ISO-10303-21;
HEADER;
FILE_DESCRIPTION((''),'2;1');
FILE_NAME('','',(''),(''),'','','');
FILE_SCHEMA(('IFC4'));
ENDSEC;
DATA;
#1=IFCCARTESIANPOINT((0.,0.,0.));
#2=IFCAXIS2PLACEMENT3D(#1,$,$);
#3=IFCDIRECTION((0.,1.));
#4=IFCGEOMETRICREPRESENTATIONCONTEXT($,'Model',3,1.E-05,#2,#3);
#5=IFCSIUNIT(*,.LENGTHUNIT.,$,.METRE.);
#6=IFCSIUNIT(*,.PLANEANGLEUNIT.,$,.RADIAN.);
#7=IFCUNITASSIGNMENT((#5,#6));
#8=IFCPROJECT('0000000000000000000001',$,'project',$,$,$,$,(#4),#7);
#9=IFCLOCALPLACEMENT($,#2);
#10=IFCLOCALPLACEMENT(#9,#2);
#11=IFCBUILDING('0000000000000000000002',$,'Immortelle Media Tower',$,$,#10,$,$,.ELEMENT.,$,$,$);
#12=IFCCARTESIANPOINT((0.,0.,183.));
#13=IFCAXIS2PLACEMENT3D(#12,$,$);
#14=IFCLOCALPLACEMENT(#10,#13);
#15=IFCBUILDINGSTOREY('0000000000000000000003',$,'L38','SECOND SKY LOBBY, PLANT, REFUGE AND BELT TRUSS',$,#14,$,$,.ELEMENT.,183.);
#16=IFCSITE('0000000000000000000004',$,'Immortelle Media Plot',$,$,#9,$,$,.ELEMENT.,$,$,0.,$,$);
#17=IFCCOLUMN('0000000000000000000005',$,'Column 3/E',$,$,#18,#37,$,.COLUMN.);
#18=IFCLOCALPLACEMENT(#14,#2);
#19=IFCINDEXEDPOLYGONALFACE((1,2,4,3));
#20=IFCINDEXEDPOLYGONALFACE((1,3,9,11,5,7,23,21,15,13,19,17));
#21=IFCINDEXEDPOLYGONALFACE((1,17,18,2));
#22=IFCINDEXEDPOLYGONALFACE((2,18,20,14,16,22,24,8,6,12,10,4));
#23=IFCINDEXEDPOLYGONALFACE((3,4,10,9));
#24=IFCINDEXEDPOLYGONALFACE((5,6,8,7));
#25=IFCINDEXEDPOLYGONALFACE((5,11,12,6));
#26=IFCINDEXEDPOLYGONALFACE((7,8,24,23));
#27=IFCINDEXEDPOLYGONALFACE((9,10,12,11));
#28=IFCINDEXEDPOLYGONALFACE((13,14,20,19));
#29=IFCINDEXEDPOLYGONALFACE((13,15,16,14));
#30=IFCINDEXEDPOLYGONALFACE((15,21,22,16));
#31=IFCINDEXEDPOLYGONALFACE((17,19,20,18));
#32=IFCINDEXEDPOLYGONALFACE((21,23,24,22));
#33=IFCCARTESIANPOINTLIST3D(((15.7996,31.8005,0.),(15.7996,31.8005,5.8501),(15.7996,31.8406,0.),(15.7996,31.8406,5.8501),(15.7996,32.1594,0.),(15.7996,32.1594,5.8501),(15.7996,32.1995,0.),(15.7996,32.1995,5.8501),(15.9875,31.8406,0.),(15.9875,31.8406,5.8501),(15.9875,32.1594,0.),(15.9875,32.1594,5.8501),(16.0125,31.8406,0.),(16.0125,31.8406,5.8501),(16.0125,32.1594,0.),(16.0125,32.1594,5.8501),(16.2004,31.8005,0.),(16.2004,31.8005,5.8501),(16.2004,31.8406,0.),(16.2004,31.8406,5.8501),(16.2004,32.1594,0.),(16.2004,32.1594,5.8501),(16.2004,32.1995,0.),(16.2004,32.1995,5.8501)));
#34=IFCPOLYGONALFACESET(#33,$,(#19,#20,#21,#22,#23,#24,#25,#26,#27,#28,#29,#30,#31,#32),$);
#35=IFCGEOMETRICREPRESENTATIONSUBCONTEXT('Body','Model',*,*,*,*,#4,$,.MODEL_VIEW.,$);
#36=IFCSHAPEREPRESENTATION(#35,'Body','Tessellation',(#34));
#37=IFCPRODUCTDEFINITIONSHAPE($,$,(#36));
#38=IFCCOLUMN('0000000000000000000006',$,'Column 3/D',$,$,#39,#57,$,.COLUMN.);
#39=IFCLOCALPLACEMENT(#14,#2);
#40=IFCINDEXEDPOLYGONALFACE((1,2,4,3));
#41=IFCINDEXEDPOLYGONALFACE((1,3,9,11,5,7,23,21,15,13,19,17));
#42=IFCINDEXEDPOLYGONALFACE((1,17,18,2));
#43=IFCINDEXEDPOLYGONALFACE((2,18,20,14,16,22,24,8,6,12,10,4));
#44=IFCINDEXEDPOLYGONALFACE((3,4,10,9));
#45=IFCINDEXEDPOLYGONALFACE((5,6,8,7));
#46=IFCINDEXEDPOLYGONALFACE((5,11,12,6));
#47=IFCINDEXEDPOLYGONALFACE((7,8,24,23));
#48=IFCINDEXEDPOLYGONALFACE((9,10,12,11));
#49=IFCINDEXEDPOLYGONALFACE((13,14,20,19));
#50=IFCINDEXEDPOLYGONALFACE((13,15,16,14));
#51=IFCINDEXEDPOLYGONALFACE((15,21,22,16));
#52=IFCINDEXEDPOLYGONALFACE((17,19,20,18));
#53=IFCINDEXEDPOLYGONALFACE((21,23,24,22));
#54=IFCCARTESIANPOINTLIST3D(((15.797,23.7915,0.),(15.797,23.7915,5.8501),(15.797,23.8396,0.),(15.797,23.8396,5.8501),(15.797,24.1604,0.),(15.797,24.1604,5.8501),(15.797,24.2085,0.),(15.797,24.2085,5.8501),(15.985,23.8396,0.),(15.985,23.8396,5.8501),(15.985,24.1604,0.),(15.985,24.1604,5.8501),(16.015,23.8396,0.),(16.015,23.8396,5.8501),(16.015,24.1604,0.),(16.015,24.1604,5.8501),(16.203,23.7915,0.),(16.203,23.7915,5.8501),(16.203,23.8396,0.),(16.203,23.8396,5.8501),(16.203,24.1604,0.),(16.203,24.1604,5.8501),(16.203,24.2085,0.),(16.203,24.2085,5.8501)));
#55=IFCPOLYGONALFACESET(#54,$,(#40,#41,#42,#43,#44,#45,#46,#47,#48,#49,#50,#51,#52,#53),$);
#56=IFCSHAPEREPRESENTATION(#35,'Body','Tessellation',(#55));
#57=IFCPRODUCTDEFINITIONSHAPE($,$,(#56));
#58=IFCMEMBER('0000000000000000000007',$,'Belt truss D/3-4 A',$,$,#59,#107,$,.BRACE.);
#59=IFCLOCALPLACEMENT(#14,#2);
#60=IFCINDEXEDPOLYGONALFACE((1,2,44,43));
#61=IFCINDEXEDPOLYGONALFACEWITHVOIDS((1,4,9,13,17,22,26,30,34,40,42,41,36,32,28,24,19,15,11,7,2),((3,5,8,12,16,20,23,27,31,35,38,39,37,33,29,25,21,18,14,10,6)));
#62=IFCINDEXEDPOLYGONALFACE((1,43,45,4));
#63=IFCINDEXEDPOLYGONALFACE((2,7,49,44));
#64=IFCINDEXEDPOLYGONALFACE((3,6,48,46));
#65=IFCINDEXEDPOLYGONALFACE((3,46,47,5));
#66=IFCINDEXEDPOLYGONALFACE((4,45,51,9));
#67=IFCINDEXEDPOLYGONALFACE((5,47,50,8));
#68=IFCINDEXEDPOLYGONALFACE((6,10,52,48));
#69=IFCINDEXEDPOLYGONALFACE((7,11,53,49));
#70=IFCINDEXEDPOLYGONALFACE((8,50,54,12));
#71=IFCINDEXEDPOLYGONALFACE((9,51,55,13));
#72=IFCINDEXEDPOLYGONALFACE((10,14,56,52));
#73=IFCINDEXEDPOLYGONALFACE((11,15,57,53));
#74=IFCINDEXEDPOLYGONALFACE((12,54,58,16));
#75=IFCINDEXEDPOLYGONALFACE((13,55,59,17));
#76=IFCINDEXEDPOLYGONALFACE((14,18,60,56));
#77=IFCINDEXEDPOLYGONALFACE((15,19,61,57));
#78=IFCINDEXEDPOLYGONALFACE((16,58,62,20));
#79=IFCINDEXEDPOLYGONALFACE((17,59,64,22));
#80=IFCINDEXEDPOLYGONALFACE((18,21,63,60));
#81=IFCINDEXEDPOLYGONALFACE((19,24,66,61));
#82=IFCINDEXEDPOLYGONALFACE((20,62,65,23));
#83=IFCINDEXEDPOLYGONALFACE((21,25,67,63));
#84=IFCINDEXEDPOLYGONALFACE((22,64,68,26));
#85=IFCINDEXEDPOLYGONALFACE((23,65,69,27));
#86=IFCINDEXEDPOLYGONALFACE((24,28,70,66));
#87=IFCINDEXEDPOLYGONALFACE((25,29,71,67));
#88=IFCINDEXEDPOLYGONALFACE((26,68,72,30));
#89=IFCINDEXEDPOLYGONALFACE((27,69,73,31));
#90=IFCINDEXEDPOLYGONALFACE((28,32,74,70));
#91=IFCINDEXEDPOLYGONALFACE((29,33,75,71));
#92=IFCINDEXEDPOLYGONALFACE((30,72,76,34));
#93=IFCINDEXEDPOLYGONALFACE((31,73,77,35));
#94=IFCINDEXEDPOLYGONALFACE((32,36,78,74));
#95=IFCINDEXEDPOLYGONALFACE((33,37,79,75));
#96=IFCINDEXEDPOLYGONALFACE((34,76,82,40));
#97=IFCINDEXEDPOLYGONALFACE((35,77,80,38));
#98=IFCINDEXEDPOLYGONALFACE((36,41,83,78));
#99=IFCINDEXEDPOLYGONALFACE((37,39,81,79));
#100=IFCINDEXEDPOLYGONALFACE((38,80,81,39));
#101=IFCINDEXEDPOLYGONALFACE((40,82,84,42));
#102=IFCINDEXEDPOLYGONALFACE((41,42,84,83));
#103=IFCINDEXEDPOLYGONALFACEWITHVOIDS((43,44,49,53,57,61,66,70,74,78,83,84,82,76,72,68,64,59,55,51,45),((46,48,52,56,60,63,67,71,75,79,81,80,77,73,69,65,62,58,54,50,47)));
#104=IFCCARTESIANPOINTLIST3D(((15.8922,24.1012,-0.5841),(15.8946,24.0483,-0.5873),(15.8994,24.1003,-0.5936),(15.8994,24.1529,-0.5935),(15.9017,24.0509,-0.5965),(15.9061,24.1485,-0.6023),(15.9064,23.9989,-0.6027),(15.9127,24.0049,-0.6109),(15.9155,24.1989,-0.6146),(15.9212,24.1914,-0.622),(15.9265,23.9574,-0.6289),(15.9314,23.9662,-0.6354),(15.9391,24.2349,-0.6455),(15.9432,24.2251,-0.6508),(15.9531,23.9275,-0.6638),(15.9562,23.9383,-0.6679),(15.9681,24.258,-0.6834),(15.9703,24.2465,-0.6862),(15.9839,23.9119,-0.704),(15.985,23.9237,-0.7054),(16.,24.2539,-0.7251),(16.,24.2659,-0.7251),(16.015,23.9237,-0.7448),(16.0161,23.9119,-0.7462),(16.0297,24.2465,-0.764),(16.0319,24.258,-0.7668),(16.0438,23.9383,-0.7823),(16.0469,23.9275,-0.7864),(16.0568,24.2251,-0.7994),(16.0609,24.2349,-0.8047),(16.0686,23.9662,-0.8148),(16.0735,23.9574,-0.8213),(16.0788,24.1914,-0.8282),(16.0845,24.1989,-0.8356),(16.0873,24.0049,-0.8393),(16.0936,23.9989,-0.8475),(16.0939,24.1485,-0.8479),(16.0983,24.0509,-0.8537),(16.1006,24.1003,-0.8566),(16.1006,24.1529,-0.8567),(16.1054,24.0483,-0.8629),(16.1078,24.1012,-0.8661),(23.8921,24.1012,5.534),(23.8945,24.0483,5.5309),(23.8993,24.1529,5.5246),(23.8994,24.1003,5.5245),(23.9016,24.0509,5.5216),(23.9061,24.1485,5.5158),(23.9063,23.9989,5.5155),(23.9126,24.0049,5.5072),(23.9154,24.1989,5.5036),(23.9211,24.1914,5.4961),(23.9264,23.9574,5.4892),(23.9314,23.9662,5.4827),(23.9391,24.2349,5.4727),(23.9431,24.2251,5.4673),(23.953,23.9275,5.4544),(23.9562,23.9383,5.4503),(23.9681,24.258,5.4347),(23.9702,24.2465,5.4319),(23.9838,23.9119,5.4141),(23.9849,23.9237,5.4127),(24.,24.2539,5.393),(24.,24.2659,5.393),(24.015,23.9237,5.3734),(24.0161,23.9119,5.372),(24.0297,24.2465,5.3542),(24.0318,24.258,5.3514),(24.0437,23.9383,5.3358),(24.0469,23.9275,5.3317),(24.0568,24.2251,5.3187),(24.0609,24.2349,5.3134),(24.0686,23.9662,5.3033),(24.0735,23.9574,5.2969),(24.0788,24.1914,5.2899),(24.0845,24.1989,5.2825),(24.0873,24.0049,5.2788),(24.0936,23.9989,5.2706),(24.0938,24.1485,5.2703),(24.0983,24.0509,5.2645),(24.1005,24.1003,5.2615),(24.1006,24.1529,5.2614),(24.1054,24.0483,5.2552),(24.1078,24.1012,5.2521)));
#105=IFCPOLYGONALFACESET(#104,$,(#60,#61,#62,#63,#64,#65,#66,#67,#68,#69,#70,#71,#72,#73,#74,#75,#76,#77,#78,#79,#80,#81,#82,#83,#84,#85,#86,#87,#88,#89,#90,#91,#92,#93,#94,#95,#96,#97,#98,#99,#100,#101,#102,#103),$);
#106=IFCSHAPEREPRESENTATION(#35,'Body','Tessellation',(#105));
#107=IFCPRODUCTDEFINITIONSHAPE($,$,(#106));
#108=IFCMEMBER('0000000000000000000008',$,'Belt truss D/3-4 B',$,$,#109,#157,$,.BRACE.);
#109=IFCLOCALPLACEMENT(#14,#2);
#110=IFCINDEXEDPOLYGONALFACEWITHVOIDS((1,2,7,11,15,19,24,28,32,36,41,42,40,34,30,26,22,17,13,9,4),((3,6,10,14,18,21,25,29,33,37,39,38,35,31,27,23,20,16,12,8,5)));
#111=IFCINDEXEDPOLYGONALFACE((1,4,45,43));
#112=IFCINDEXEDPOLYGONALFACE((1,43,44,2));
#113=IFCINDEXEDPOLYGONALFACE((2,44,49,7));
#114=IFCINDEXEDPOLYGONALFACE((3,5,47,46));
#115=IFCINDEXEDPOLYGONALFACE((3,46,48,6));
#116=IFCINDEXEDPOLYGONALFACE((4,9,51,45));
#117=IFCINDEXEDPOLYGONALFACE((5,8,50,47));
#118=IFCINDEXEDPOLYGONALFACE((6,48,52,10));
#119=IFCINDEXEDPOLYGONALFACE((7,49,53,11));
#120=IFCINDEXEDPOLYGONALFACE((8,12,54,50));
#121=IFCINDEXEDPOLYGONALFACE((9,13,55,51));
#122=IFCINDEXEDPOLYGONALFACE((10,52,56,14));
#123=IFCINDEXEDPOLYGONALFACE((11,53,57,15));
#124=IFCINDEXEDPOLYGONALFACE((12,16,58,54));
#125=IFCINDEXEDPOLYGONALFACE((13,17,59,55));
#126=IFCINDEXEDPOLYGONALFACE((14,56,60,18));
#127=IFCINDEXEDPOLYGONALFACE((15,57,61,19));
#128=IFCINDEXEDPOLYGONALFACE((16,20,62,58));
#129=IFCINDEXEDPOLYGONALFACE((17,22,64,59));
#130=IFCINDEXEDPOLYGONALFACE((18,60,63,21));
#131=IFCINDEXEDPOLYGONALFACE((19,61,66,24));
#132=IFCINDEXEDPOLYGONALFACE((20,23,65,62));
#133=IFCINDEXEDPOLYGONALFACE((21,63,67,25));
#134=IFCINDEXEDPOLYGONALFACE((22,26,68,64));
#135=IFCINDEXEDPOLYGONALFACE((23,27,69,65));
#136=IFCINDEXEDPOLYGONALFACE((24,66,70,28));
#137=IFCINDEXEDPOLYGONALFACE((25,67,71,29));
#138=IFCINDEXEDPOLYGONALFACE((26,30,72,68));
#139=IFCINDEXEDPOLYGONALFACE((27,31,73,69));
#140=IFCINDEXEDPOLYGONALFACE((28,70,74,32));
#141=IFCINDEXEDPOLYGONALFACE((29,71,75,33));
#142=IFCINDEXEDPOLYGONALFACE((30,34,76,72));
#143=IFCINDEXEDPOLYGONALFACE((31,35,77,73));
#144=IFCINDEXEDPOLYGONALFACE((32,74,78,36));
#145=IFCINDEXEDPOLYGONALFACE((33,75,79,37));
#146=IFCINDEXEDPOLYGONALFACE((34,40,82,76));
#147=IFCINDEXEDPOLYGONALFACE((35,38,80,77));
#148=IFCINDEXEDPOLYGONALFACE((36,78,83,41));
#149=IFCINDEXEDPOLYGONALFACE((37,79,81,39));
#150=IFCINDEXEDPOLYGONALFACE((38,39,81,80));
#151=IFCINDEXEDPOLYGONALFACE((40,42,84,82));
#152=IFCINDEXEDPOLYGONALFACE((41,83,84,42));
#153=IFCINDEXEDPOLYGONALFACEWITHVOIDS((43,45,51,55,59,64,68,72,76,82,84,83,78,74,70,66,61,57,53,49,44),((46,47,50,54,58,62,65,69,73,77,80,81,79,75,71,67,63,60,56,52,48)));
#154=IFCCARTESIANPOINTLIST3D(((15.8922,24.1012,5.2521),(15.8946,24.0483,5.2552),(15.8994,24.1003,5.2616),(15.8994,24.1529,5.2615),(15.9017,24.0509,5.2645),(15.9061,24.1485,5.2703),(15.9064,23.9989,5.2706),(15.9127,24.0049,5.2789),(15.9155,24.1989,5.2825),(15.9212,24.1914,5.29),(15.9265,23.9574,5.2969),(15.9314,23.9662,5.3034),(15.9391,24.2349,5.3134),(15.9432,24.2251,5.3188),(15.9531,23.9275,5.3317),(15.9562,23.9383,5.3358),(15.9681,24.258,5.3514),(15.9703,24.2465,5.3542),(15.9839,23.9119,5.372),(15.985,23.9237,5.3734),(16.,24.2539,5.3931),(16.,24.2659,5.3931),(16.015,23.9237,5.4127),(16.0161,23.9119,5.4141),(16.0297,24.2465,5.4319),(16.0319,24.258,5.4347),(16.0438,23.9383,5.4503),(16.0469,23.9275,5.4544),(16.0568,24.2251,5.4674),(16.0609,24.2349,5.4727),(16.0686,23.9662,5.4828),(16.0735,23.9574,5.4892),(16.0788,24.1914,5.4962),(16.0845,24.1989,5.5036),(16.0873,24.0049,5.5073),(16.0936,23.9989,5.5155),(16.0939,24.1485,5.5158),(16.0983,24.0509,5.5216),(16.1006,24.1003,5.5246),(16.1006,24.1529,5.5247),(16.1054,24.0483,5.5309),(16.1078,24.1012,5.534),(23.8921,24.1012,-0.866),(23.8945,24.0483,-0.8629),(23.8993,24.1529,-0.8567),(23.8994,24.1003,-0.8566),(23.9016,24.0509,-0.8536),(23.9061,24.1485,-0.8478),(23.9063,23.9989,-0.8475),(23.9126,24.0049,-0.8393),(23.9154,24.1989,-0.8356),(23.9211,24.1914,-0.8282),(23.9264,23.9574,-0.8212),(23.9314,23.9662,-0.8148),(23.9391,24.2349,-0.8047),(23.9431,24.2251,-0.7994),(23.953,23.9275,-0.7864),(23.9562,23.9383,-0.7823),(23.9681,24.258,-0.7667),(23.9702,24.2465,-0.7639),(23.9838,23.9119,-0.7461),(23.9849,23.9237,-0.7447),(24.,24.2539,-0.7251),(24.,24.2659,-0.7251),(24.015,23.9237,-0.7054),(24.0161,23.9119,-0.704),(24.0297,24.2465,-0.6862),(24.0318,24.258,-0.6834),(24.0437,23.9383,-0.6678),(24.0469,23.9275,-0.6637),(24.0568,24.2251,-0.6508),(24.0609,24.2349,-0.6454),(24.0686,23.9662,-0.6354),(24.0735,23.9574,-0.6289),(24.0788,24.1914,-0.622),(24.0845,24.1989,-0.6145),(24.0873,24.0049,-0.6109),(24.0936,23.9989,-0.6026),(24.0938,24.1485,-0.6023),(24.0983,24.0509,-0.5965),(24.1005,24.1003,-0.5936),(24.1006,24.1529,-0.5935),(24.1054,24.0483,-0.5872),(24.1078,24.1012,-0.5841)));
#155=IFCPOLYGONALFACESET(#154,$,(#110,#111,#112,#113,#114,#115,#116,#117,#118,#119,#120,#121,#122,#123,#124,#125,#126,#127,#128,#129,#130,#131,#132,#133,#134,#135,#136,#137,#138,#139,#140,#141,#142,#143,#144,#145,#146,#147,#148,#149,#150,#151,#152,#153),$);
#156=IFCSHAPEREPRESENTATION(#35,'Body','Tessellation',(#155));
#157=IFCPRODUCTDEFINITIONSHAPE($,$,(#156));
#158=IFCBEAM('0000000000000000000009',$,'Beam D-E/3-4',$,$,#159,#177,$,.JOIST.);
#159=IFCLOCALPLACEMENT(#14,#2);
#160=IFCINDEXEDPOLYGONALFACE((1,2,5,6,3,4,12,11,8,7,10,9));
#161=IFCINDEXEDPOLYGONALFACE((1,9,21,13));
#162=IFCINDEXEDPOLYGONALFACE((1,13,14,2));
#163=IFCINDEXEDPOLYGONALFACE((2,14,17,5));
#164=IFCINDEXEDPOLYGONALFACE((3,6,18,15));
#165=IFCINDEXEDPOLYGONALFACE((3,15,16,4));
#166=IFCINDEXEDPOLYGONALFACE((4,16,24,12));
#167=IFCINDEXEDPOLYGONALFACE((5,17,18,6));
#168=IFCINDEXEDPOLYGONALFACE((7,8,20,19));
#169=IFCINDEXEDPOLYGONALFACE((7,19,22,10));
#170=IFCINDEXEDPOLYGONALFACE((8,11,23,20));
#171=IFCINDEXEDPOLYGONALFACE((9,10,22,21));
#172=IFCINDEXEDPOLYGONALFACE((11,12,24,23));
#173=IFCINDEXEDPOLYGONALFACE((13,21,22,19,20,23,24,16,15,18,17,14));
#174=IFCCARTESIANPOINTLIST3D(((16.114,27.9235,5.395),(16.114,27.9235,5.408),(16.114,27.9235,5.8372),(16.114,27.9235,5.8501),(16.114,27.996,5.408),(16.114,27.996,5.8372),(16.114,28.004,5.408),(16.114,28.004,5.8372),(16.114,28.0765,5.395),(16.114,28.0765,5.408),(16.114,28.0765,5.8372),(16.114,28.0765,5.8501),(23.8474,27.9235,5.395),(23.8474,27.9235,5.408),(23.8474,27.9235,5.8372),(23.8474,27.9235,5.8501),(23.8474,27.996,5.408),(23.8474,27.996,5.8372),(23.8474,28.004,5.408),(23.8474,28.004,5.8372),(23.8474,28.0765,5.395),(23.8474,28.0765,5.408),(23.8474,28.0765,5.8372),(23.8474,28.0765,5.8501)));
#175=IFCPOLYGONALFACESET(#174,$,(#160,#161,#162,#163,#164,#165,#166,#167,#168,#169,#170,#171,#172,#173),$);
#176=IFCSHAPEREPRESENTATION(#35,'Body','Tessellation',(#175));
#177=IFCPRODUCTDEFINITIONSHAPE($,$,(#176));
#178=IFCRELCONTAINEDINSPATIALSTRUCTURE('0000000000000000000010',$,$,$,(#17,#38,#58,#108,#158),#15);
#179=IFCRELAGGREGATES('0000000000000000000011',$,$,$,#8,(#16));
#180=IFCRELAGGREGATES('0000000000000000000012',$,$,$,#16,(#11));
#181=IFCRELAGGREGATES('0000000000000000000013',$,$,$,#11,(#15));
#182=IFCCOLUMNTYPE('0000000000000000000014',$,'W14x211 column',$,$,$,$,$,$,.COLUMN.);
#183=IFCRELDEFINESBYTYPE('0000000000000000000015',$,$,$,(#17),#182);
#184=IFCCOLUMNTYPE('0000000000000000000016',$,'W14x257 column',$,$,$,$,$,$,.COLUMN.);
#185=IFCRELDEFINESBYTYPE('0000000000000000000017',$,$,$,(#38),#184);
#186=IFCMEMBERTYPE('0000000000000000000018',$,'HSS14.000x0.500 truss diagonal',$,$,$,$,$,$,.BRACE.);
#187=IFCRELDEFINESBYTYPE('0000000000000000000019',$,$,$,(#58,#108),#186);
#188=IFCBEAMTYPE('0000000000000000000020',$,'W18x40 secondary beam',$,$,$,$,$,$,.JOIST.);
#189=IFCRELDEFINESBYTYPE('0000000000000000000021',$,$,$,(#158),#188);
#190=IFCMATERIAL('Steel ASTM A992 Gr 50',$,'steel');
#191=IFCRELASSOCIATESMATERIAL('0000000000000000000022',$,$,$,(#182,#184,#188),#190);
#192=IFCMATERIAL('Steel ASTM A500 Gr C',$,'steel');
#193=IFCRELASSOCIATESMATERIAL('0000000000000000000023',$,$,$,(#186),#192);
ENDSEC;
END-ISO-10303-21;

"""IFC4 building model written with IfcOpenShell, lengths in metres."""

from ifc_helpers import new_model, si_unit, direction, frame, origin, origin_2d, place, context, subcontext, project, spatial, hollow_circle, i_section, extrude, material, material_profile, profile_set, type_object, element, save


model = new_model("IFC4")

# Units and contexts
model_context = context("Model", 3, precision=1e-05, world=origin(), true_north=direction((0.0, 1.0)))
body_context = subcontext(model_context, "Body", "Model", "MODEL_VIEW")
ifc_project = project(units=[si_unit("LENGTHUNIT", "METRE"), si_unit("PLANEANGLEUNIT", "RADIAN")], contexts=[model_context])

# Site, building, storey
site_placement = place(None, origin())
site = spatial("IfcSite", under=ifc_project, at=site_placement, Name="Immortelle Media Plot", CompositionType="ELEMENT", RefElevation=0.0)
building_placement = place(site_placement, origin())
building = spatial("IfcBuilding", under=site, at=building_placement, Name="Immortelle Media Tower", CompositionType="ELEMENT")
storey_placement = place(building_placement, frame((0.0, 0.0, 183.0)))
storey = spatial("IfcBuildingStorey", under=building, at=storey_placement, Name="L38", Description="SECOND SKY LOBBY, PLANT, REFUGE AND BELT TRUSS", CompositionType="ELEMENT", Elevation=183.0)

# Columns
ifc_material_1 = material(Name="Steel ASTM A992 Gr 50", Category="steel")
ifc_material_profile_1 = material_profile(ifc_material_1, i_section(OverallWidth=0.4009, OverallDepth=0.3989, WebThickness=0.0249, FlangeThickness=0.04, at=origin_2d()), Name="W14x211")
ifc_profile_set_1 = profile_set([ifc_material_profile_1], Name="Steel ASTM A992 Gr 50")
column_type_1 = type_object("IfcColumnType", Name="W14x211 column", PredefinedType="COLUMN", material=ifc_profile_set_1)
column_1_placement = place(storey_placement, frame((16.0, 32.0, 0.0), z_axis=(0.0, 0.0, 1.0), x_axis=(1.0, 0.0, 0.0)))
element("IfcColumn", 1, at=column_1_placement, inside=storey, type_object=column_type_1, Name="Column 3/E", PredefinedType="COLUMN", context=body_context, shape_type="SweptSolid", body=[
    extrude(i_section(OverallWidth=0.4009, OverallDepth=0.3989, WebThickness=0.0249, FlangeThickness=0.04, at=origin_2d()), origin(), (0.0, 0.0, 1.0), 5.8501),
])
ifc_material_profile_2 = material_profile(ifc_material_1, i_section(OverallWidth=0.406, OverallDepth=0.417, WebThickness=0.03, FlangeThickness=0.0481, at=origin_2d()), Name="W14x257")
ifc_profile_set_2 = profile_set([ifc_material_profile_2], Name="Steel ASTM A992 Gr 50")
column_type_2 = type_object("IfcColumnType", Name="W14x257 column", PredefinedType="COLUMN", material=ifc_profile_set_2)
column_2_placement = place(storey_placement, frame((16.0, 24.0, 0.0), z_axis=(0.0, 0.0, 1.0), x_axis=(1.0, 0.0, 0.0)))
element("IfcColumn", 2, at=column_2_placement, inside=storey, type_object=column_type_2, Name="Column 3/D", PredefinedType="COLUMN", context=body_context, shape_type="SweptSolid", body=[
    extrude(i_section(OverallWidth=0.406, OverallDepth=0.417, WebThickness=0.03, FlangeThickness=0.0481, at=origin_2d()), origin(), (0.0, 0.0, 1.0), 5.8501),
])

# Members
ifc_material_2 = material(Name="Steel ASTM A500 Gr C", Category="steel")
ifc_material_profile_3 = material_profile(ifc_material_2, hollow_circle(Radius=0.178, WallThickness=0.012, at=origin_2d()), Name="HSS14.000x0.500 truss diagonal")
ifc_profile_set_3 = profile_set([ifc_material_profile_3], Name="Steel ASTM A500 Gr C")
member_type = type_object("IfcMemberType", Name="HSS14.000x0.500 truss diagonal", PredefinedType="BRACE", material=ifc_profile_set_3)
for number, where, z_axis, x_axis, name in (
    (3, (16.0, 24.0879, -0.7251), (0.794333, 0.0, 0.607482), (0.0, 1.0, 0.0), "Belt truss D/3-4 A"),
    (4, (16.0, 24.0879, 5.3931), (0.794333, 0.0, -0.607482), (0.0, 1.0, 0.0), "Belt truss D/3-4 B"),
):
    element("IfcMember", number, at=place(storey_placement, frame(where, z_axis=z_axis, x_axis=x_axis)), inside=storey, type_object=member_type, Name=name, PredefinedType="BRACE", context=body_context, shape_type="SweptSolid", body=[
        extrude(hollow_circle(Radius=0.178, WallThickness=0.012, at=origin_2d()), origin(), (0.0, 0.0, 1.0), 10.0713),
    ])

# Beam
ifc_material_profile_4 = material_profile(ifc_material_1, i_section(OverallWidth=0.1531, OverallDepth=0.4551, WebThickness=0.0081, FlangeThickness=0.0129, at=origin_2d()), Name="W18x40")
ifc_profile_set_4 = profile_set([ifc_material_profile_4], Name="Steel ASTM A992 Gr 50")
beam_type_1 = type_object("IfcBeamType", Name="W18x40 secondary beam", PredefinedType="JOIST", material=ifc_profile_set_4)
beam_1_placement = place(storey_placement, frame((16.114, 28.0, 5.6226), z_axis=(1.0, 0.0, 0.0), x_axis=(0.0, 1.0, 0.0)))
element("IfcBeam", 5, at=beam_1_placement, inside=storey, type_object=beam_type_1, Name="Beam D-E/3-4", PredefinedType="JOIST", context=body_context, shape_type="SweptSolid", body=[
    extrude(i_section(OverallWidth=0.1531, OverallDepth=0.4551, WebThickness=0.0081, FlangeThickness=0.0129, at=origin_2d()), origin(), (0.0, 0.0, 1.0), 7.7334),
])

save(model, "model.ifc")
